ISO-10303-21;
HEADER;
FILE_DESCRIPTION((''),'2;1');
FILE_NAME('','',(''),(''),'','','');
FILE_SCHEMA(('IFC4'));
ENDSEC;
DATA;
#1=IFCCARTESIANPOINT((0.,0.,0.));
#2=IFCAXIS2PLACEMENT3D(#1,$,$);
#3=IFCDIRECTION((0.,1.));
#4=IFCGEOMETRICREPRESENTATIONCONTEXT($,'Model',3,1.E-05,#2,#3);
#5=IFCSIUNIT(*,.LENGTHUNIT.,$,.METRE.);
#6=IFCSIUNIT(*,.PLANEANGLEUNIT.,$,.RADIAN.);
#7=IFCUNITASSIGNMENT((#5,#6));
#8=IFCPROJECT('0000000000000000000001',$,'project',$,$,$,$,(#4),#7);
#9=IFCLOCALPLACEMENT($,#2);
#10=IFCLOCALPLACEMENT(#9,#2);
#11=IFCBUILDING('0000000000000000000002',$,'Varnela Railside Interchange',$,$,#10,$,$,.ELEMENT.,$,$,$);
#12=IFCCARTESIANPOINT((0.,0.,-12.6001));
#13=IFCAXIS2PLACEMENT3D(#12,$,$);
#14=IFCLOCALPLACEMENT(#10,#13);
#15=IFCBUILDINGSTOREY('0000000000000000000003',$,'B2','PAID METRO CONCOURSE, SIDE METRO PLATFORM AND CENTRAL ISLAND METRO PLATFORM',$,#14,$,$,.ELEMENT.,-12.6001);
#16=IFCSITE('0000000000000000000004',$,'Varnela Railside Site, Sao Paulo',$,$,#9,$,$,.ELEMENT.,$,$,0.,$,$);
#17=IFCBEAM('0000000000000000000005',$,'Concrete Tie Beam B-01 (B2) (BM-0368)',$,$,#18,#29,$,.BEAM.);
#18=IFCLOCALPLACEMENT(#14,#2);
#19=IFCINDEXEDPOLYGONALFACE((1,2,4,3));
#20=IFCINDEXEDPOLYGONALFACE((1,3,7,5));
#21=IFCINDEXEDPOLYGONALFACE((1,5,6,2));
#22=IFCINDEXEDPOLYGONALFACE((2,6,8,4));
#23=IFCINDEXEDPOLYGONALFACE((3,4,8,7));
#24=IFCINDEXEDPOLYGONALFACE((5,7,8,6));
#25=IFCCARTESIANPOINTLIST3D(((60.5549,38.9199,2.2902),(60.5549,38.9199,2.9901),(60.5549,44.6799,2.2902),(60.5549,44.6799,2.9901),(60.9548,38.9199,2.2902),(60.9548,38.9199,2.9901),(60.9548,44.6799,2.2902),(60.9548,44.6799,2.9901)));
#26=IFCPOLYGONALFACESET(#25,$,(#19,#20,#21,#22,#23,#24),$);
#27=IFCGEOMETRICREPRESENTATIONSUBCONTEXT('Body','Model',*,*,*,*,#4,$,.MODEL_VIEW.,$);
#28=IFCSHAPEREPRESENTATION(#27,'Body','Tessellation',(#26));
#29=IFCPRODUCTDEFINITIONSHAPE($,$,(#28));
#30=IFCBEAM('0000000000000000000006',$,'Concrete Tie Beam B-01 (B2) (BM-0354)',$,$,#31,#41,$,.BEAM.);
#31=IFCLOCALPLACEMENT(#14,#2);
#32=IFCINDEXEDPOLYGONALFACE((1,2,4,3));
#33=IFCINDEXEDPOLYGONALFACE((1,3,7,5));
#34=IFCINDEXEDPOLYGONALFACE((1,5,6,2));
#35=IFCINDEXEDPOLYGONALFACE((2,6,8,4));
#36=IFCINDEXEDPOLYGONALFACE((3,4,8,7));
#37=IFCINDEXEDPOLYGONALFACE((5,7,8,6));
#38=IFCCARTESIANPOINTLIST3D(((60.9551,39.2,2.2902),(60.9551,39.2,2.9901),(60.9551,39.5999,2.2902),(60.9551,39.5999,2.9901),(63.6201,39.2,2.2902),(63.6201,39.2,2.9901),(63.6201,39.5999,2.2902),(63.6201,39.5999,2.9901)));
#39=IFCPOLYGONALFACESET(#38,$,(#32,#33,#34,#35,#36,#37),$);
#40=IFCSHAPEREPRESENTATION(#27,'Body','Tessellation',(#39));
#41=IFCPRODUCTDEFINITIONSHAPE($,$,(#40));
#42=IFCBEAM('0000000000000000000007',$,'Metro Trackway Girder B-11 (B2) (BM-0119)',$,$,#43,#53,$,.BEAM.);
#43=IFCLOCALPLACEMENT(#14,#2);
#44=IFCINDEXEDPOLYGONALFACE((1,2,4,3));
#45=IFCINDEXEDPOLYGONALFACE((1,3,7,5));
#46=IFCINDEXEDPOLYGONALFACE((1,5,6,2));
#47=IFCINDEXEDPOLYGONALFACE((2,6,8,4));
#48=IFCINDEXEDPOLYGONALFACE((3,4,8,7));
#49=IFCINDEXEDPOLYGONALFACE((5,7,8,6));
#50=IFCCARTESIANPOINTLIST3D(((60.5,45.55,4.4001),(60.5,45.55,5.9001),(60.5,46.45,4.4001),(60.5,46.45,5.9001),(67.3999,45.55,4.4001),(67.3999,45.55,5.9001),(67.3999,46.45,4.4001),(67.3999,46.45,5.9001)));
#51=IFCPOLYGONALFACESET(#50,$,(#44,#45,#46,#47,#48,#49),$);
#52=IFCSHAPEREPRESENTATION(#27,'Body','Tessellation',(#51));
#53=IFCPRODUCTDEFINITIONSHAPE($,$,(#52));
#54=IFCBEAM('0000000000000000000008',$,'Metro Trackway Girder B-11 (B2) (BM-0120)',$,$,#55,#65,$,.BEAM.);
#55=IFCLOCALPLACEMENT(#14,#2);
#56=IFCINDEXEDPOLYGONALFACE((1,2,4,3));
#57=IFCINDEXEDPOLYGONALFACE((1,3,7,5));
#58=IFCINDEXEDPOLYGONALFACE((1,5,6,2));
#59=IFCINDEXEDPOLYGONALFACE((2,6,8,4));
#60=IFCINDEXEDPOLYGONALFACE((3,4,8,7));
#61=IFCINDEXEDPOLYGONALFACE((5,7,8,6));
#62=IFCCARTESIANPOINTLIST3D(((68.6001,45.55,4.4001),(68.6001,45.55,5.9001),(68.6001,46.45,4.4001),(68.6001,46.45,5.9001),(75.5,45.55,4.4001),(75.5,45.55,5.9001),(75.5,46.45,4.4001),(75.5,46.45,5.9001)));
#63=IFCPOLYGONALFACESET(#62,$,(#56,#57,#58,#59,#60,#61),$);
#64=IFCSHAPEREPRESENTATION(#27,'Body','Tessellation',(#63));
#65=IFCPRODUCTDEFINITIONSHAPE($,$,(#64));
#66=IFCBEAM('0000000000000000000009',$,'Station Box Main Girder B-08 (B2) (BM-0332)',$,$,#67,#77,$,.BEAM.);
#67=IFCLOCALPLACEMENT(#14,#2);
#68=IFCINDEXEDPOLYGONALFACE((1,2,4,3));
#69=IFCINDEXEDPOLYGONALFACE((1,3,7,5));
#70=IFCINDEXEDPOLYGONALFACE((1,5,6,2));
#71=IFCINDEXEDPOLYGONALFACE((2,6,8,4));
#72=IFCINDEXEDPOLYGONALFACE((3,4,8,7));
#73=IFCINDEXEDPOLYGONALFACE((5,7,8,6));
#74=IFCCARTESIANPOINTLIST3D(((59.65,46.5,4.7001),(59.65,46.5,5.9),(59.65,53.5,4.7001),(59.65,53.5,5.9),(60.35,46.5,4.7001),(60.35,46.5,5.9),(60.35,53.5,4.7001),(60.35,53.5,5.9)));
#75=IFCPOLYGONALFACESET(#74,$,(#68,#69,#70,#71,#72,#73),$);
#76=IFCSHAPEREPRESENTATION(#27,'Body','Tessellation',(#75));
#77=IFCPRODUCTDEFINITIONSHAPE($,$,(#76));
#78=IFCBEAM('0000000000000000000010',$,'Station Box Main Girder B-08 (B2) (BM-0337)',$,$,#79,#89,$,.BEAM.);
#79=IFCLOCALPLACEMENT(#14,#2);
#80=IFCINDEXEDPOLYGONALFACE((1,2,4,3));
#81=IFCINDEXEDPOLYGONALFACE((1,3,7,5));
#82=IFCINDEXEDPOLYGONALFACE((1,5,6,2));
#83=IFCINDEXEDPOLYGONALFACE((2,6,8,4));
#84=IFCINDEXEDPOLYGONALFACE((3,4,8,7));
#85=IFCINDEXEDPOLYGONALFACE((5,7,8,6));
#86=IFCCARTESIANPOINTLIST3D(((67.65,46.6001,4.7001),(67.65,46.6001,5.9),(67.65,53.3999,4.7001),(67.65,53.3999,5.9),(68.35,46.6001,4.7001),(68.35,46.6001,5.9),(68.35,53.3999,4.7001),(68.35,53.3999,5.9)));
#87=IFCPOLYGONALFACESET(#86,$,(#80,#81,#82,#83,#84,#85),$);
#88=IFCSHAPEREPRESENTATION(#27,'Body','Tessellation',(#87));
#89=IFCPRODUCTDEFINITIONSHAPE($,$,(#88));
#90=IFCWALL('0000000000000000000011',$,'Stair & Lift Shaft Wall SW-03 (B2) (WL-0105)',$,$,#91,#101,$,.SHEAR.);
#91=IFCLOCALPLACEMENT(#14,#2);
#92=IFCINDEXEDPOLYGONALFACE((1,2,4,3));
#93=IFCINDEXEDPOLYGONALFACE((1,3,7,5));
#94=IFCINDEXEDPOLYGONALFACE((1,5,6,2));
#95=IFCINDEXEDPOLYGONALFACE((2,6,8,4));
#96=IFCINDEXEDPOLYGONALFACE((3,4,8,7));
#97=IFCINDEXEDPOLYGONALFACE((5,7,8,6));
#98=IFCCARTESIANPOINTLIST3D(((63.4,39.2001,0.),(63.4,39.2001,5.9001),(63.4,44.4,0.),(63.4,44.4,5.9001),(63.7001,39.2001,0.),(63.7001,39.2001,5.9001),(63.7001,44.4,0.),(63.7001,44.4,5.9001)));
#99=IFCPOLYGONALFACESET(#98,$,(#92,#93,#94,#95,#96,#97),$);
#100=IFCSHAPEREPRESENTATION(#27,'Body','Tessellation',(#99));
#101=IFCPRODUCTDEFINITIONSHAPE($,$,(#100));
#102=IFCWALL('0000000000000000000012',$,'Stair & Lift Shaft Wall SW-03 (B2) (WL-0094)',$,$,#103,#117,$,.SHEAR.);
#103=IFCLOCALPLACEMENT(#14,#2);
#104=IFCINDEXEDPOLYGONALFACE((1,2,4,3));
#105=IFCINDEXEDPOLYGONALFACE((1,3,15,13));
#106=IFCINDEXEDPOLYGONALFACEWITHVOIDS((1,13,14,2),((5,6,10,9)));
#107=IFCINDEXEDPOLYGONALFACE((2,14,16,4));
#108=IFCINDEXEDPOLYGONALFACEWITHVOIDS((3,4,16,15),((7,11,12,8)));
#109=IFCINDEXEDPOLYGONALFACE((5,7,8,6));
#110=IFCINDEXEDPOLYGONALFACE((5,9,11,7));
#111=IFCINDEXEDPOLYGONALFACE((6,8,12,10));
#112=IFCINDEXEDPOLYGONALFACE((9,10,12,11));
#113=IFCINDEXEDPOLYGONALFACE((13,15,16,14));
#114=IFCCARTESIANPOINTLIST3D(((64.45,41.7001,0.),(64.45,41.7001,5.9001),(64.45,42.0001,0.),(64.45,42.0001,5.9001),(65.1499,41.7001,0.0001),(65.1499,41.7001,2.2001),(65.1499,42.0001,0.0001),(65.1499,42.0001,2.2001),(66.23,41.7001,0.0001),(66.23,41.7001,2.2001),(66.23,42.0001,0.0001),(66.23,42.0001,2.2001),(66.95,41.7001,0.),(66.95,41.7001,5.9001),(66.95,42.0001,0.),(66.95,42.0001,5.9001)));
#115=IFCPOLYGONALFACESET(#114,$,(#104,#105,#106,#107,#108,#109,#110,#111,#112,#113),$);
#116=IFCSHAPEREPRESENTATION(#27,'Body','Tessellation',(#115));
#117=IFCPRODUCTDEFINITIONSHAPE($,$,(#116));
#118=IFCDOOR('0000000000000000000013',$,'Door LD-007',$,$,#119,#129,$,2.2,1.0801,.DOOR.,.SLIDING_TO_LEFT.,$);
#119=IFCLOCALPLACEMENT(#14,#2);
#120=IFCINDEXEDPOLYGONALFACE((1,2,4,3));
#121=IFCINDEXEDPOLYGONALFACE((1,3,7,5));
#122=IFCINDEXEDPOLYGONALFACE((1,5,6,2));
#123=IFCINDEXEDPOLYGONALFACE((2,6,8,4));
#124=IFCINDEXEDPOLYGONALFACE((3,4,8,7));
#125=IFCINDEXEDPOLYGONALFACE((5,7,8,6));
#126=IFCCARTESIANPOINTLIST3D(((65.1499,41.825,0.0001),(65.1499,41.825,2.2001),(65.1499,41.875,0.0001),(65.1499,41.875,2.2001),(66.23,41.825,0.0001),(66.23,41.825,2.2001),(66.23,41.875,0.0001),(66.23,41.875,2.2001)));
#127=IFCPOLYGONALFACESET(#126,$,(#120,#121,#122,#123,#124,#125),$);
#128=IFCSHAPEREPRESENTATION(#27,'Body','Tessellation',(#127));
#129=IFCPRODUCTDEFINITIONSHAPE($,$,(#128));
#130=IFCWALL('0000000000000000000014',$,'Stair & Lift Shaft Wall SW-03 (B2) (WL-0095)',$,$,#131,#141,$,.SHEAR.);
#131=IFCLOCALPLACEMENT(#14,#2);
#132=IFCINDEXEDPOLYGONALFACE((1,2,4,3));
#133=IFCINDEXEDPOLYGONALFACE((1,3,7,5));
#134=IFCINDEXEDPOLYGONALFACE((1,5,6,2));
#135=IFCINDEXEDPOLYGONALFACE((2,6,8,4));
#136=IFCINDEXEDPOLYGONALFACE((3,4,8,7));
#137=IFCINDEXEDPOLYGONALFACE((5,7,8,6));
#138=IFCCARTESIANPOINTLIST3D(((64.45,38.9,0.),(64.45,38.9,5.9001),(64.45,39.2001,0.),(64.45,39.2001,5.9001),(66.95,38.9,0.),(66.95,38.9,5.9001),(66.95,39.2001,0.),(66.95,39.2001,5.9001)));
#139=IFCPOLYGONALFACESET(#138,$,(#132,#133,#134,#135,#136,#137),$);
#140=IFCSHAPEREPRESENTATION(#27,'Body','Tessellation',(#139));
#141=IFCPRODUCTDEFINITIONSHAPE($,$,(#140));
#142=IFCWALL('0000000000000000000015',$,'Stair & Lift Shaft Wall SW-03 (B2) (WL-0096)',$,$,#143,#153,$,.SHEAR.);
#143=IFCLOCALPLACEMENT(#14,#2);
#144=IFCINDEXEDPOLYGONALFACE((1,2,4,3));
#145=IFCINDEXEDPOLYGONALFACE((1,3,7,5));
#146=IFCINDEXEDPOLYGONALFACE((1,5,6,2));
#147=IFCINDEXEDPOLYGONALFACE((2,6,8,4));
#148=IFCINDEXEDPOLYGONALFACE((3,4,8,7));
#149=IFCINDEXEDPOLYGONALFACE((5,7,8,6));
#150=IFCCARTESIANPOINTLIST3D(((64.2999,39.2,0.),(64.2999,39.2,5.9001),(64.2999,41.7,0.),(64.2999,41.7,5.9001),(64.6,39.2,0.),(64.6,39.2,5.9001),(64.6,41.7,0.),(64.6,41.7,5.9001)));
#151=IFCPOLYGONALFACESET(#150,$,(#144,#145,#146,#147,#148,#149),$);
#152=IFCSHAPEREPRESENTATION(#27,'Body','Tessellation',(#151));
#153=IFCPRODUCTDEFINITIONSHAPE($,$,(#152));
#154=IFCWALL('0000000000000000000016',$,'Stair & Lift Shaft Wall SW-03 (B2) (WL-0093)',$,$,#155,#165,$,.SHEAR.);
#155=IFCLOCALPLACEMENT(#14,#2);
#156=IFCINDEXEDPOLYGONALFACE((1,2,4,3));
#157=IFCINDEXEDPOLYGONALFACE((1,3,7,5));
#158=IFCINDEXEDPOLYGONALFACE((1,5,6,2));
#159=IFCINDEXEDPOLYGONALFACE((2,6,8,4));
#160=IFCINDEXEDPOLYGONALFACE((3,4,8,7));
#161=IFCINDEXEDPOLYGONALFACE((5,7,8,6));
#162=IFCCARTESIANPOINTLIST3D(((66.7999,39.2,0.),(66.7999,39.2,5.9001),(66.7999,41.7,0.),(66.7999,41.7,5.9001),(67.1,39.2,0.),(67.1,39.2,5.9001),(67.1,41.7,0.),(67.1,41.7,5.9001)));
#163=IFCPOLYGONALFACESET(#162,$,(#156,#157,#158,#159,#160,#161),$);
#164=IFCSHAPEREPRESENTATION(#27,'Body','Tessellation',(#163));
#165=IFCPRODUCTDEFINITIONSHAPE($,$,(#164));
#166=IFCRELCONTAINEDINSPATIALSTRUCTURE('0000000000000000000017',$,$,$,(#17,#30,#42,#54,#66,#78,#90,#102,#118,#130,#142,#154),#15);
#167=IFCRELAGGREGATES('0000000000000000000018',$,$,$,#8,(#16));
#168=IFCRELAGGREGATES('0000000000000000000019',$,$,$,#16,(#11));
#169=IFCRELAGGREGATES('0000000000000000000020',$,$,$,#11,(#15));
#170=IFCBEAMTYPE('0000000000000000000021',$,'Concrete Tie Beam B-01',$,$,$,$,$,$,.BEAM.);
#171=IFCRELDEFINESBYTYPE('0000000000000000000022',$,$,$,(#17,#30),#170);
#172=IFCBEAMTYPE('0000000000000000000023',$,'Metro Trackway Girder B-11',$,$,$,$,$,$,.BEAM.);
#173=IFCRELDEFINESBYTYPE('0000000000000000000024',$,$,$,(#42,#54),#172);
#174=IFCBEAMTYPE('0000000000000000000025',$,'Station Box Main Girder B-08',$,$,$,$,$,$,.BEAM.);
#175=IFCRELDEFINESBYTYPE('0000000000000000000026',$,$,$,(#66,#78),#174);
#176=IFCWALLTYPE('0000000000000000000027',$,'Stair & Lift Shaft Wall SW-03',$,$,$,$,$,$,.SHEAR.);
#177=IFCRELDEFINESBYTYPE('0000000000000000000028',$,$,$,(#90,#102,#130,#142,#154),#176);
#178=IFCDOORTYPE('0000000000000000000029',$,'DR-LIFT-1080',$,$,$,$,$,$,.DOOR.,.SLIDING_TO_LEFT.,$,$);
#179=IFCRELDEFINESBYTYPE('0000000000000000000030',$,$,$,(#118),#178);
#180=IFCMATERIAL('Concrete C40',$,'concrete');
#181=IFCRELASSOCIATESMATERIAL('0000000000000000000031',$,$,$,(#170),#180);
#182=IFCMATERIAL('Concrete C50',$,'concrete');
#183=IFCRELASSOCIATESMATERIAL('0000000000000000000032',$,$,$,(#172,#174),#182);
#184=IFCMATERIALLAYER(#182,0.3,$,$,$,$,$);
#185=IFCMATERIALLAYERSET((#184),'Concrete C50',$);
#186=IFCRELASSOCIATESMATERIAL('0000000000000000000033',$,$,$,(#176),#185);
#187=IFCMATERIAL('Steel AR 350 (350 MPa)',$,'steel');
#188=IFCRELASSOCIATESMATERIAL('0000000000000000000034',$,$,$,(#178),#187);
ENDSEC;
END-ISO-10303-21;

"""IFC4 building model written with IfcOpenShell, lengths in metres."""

from ifc_helpers import new_model, si_unit, direction, frame, frame_2d, origin, origin_2d, place, context, subcontext, project, spatial, rectangle, extrude, material, layer, layer_set, material_profile, profile_set, type_object, element, fill, save


model = new_model("IFC4")

# Units and contexts
model_context = context("Model", 3, precision=1e-05, world=origin(), true_north=direction((0.0, 1.0)))
body_context = subcontext(model_context, "Body", "Model", "MODEL_VIEW")
ifc_project = project(units=[si_unit("LENGTHUNIT", "METRE"), si_unit("PLANEANGLEUNIT", "RADIAN")], contexts=[model_context])

# Site, building, storey
site_placement = place(None, origin())
site = spatial("IfcSite", under=ifc_project, at=site_placement, Name="Varnela Railside Site, Sao Paulo", CompositionType="ELEMENT", RefElevation=0.0)
building_placement = place(site_placement, origin())
building = spatial("IfcBuilding", under=site, at=building_placement, Name="Varnela Railside Interchange", CompositionType="ELEMENT")
storey_placement = place(building_placement, frame((0.0, 0.0, -12.6001)))
storey = spatial("IfcBuildingStorey", under=building, at=storey_placement, Name="B2", Description="PAID METRO CONCOURSE, SIDE METRO PLATFORM AND CENTRAL ISLAND METRO PLATFORM", CompositionType="ELEMENT", Elevation=-12.6001)

# Shared definitions
ifc_material_1 = material(Name="Concrete C50", Category="concrete")

# Shared definitions
ifc_material_2 = material(Name="Concrete C40", Category="concrete")

# Beams
ifc_material_profile_1 = material_profile(ifc_material_2, rectangle(XDim=0.3999, YDim=0.7, at=origin_2d()), Name="RC 400x700")
ifc_profile_set_1 = profile_set([ifc_material_profile_1], Name="Concrete C40")
beam_type_1 = type_object("IfcBeamType", Name="Concrete Tie Beam B-01", PredefinedType="BEAM", material=ifc_profile_set_1)
beam_1_placement = place(storey_placement, frame((60.7549, 38.9199, 2.6401), z_axis=(0.0, 1.0, 0.0), x_axis=(-1.0, 0.0, 0.0)))
element("IfcBeam", 1, at=beam_1_placement, inside=storey, type_object=beam_type_1, Name="Concrete Tie Beam B-01 (B2) (BM-0368)", PredefinedType="BEAM", context=body_context, shape_type="SweptSolid", body=[
    extrude(rectangle(XDim=0.3999, YDim=0.7, at=origin_2d()), origin(), (0.0, 0.0, 1.0), 5.76),
])
beam_2_placement = place(storey_placement, frame((60.9551, 39.3999, 2.6401), z_axis=(1.0, 0.0, 0.0), x_axis=(0.0, 1.0, 0.0)))
element("IfcBeam", 2, at=beam_2_placement, inside=storey, type_object=beam_type_1, Name="Concrete Tie Beam B-01 (B2) (BM-0354)", PredefinedType="BEAM", context=body_context, shape_type="SweptSolid", body=[
    extrude(rectangle(XDim=0.3999, YDim=0.7, at=origin_2d()), origin(), (0.0, 0.0, 1.0), 2.665),
])
ifc_material_profile_2 = material_profile(ifc_material_1, rectangle(XDim=0.8999, YDim=1.5, at=origin_2d()), Name="RC 900x1500")
ifc_profile_set_2 = profile_set([ifc_material_profile_2], Name="Concrete C50")
beam_type_2 = type_object("IfcBeamType", Name="Metro Trackway Girder B-11", PredefinedType="BEAM", material=ifc_profile_set_2)
for number, where, z_axis, x_axis, name in (
    (3, (60.5, 46.0, 5.1501), (1.0, 0.0, 0.0), (0.0, 1.0, 0.0), "Metro Trackway Girder B-11 (B2) (BM-0119)"),
    (4, (68.6001, 46.0, 5.1501), (1.0, 0.0, 0.0), (0.0, 1.0, 0.0), "Metro Trackway Girder B-11 (B2) (BM-0120)"),
):
    element("IfcBeam", number, at=place(storey_placement, frame(where, z_axis=z_axis, x_axis=x_axis)), inside=storey, type_object=beam_type_2, Name=name, PredefinedType="BEAM", context=body_context, shape_type="SweptSolid", body=[
        extrude(rectangle(XDim=0.8999, YDim=1.5, at=origin_2d()), origin(), (0.0, 0.0, 1.0), 6.8999),
    ])
ifc_material_profile_3 = material_profile(ifc_material_1, rectangle(XDim=0.7, YDim=1.2, at=origin_2d()), Name="RC 700x1200")
ifc_profile_set_3 = profile_set([ifc_material_profile_3], Name="Concrete C50")
beam_type_3 = type_object("IfcBeamType", Name="Station Box Main Girder B-08", PredefinedType="BEAM", material=ifc_profile_set_3)
beam_3_placement = place(storey_placement, frame((60.0, 46.5, 5.3), z_axis=(0.0, 1.0, 0.0), x_axis=(-1.0, 0.0, 0.0)))
element("IfcBeam", 5, at=beam_3_placement, inside=storey, type_object=beam_type_3, Name="Station Box Main Girder B-08 (B2) (BM-0332)", PredefinedType="BEAM", context=body_context, shape_type="SweptSolid", body=[
    extrude(rectangle(XDim=0.7, YDim=1.2, at=origin_2d()), origin(), (0.0, 0.0, 1.0), 7.0),
])
beam_4_placement = place(storey_placement, frame((68.0, 46.6001, 5.3), z_axis=(0.0, 1.0, 0.0), x_axis=(-1.0, 0.0, 0.0)))
element("IfcBeam", 6, at=beam_4_placement, inside=storey, type_object=beam_type_3, Name="Station Box Main Girder B-08 (B2) (BM-0337)", PredefinedType="BEAM", context=body_context, shape_type="SweptSolid", body=[
    extrude(rectangle(XDim=0.7, YDim=1.2, at=origin_2d()), origin(), (0.0, 0.0, 1.0), 6.7998),
])

# Wall
ifc_layer = layer(ifc_material_1, 0.3)
ifc_layer_set = layer_set([ifc_layer], Name="Concrete C50")
wall_type = type_object("IfcWallType", Name="Stair & Lift Shaft Wall SW-03", PredefinedType="SHEAR", material=ifc_layer_set)
wall_1_placement = place(storey_placement, frame((63.55, 39.2, 0.0), z_axis=(0.0, 0.0, 1.0), x_axis=(0.0, 1.0, 0.0)))
element("IfcWall", 7, at=wall_1_placement, inside=storey, type_object=wall_type, Name="Stair & Lift Shaft Wall SW-03 (B2) (WL-0105)", PredefinedType="SHEAR", context=body_context, shape_type="SweptSolid", body=[
    extrude(rectangle(XDim=5.2, YDim=0.3, at=frame_2d((2.6001, 0.0))), origin(), (0.0, 0.0, 1.0), 5.9001),
])

# Wall, opening, door
wall_2_placement = place(storey_placement, frame((64.45, 41.8501, 0.0), z_axis=(0.0, 0.0, 1.0), x_axis=(1.0, 0.0, 0.0)))
wall_2 = element("IfcWall", 8, at=wall_2_placement, inside=storey, type_object=wall_type, Name="Stair & Lift Shaft Wall SW-03 (B2) (WL-0094)", PredefinedType="SHEAR", context=body_context, shape_type="SweptSolid", body=[
    extrude(rectangle(XDim=2.5, YDim=0.3, at=frame_2d((1.25, 0.0))), origin(), (0.0, 0.0, 1.0), 5.9001),
])
opening_placement = place(wall_2_placement, frame((0.7, 0.0, 0.0)))
opening = element("IfcOpeningElement", 9, at=opening_placement, cuts=wall_2, PredefinedType="OPENING", context=body_context, shape_type="SweptSolid", body=[
    extrude(rectangle(XDim=1.0801, YDim=2.2, at=frame_2d((0.54, 1.1001))), frame((0.0, 0.1599, 0.0), z_axis=(0.0, -1.0, 0.0), x_axis=(1.0, 0.0, 0.0)), (0.0, 0.0, 1.0), 0.3201),
])
ifc_material_3 = material(Name="Steel AR 350 (350 MPa)", Category="steel")
door_type = type_object("IfcDoorType", Name="DR-LIFT-1080", OperationType="SLIDING_TO_LEFT", PredefinedType="DOOR", material=ifc_material_3)
door_placement = place(opening_placement, origin())
door = element("IfcDoor", 10, at=door_placement, inside=storey, type_object=door_type, Name="Door LD-007", OperationType="SLIDING_TO_LEFT", OverallHeight=2.2, OverallWidth=1.0801, PredefinedType="DOOR", context=body_context, shape_type="SweptSolid", body=[
    extrude(rectangle(XDim=1.0801, YDim=2.2, at=frame_2d((0.54, 1.1001))), frame((0.0, 0.0249, 0.0), z_axis=(0.0, -1.0, 0.0), x_axis=(1.0, 0.0, 0.0)), (0.0, 0.0, 1.0), 0.05),
])
fill(opening, door)

# Walls
for number, where, z_axis, x_axis, name in (
    (11, (64.45, 39.05, 0.0), (0.0, 0.0, 1.0), (1.0, 0.0, 0.0), "Stair & Lift Shaft Wall SW-03 (B2) (WL-0095)"),
    (12, (64.45, 39.2, 0.0), (0.0, 0.0, 1.0), (0.0, 1.0, 0.0), "Stair & Lift Shaft Wall SW-03 (B2) (WL-0096)"),
    (13, (66.95, 39.2, 0.0), (0.0, 0.0, 1.0), (0.0, 1.0, 0.0), "Stair & Lift Shaft Wall SW-03 (B2) (WL-0093)"),
):
    element("IfcWall", number, at=place(storey_placement, frame(where, z_axis=z_axis, x_axis=x_axis)), inside=storey, type_object=wall_type, Name=name, PredefinedType="SHEAR", context=body_context, shape_type="SweptSolid", body=[
        extrude(rectangle(XDim=2.5, YDim=0.3, at=frame_2d((1.25, 0.0))), origin(), (0.0, 0.0, 1.0), 5.9001),
    ])

save(model, "model.ifc")
